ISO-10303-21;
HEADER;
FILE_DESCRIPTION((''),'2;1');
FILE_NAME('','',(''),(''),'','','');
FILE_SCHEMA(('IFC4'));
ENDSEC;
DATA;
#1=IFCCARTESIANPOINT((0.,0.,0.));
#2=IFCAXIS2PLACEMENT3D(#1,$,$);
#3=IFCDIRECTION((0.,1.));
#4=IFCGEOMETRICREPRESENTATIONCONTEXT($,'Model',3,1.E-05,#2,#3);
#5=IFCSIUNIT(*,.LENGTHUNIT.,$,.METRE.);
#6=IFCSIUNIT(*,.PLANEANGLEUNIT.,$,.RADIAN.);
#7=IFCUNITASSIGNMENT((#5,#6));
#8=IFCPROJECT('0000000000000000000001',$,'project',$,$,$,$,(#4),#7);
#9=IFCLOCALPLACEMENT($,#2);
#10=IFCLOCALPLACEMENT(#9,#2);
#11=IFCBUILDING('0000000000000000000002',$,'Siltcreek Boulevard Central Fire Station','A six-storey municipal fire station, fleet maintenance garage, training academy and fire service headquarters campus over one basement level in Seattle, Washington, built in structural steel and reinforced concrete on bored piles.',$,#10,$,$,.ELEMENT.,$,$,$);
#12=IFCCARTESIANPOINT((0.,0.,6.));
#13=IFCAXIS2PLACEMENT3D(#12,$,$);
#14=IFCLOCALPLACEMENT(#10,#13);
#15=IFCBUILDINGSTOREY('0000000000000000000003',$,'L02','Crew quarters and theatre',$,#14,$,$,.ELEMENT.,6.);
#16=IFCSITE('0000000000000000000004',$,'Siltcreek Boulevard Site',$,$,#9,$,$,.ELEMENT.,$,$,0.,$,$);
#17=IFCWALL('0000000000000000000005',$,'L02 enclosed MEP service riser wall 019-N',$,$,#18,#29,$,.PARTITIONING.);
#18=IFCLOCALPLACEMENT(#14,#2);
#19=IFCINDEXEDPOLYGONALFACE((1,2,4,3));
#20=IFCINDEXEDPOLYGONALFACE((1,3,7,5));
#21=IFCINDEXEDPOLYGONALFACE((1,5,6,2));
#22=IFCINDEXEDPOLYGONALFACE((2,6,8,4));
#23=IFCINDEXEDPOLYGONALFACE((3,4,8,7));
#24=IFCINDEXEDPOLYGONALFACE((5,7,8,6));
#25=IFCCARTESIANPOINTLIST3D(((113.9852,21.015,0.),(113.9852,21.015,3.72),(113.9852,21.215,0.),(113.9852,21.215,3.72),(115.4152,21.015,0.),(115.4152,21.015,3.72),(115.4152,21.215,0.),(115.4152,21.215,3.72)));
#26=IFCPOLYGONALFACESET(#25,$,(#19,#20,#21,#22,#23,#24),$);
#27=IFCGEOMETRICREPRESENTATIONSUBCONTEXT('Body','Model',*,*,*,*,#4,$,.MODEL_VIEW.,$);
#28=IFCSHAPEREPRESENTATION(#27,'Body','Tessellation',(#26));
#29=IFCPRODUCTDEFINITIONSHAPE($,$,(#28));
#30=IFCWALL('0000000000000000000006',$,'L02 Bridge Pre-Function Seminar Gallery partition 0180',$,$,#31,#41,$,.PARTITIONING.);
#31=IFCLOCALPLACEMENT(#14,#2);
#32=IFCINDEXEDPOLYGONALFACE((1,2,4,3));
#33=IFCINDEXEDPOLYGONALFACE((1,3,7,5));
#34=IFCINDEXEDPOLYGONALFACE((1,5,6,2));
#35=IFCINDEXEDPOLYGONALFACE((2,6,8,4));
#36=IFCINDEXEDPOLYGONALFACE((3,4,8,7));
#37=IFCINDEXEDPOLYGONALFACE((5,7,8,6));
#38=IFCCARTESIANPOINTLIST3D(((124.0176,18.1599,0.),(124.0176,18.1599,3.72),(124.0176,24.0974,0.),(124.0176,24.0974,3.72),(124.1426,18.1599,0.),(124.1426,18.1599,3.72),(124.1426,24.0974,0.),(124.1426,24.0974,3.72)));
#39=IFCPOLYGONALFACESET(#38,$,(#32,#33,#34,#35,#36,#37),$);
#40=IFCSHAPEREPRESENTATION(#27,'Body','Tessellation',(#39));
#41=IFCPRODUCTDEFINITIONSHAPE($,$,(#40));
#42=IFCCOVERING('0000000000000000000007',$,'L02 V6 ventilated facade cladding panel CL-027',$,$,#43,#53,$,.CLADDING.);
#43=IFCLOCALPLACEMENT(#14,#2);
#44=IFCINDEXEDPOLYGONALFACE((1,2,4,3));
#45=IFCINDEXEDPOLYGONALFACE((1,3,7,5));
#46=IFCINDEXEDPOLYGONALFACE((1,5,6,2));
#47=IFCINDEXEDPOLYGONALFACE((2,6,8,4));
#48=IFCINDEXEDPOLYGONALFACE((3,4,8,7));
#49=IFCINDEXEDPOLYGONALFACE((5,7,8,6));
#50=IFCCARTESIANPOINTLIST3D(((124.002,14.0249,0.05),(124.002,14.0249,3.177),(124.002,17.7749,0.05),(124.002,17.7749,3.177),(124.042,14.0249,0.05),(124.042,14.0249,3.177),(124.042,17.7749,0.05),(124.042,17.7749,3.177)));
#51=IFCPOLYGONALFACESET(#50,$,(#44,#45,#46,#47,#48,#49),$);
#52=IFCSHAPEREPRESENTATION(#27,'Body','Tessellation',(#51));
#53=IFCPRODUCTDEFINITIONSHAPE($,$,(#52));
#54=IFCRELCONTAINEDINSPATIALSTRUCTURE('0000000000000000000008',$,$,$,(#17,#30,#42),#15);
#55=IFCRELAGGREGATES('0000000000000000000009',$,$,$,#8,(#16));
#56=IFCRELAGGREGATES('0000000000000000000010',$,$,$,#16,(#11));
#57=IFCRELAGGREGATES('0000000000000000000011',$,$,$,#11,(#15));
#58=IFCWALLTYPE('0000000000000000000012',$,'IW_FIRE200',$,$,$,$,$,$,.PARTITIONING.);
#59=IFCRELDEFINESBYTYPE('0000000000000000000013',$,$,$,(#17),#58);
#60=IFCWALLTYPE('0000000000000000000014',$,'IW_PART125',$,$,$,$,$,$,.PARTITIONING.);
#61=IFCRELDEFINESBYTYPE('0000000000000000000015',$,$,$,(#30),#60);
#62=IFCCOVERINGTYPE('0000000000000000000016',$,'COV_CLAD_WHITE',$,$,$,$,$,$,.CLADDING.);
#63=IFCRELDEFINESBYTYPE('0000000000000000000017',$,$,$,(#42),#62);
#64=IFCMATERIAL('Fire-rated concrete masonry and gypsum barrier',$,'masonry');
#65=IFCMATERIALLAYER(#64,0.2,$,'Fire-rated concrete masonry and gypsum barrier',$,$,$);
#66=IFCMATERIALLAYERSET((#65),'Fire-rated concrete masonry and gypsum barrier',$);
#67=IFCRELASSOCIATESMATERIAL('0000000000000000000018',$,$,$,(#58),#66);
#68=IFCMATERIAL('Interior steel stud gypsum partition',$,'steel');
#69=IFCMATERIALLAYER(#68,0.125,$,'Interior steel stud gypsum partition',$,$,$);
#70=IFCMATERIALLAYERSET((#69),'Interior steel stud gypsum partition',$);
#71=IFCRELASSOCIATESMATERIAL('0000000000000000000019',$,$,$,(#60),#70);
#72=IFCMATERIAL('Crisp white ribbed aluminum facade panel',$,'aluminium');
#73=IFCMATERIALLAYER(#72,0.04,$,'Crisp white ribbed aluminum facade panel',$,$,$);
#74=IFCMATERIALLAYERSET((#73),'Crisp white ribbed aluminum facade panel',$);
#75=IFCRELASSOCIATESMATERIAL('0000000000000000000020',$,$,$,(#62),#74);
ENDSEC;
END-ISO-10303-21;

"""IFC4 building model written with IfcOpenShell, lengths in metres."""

from ifc_helpers import new_model, si_unit, direction, frame, frame_2d, origin, origin_2d, place, context, subcontext, project, spatial, rectangle, extrude, material, layer, layer_set, type_object, element, save


model = new_model("IFC4")

# Units and contexts
model_context = context("Model", 3, precision=1e-05, world=origin(), true_north=direction((0.0, 1.0)))
body_context = subcontext(model_context, "Body", "Model", "MODEL_VIEW")
ifc_project = project(units=[si_unit("LENGTHUNIT", "METRE"), si_unit("PLANEANGLEUNIT", "RADIAN")], contexts=[model_context])

# Site, building, storey
site_placement = place(None, origin())
site = spatial("IfcSite", under=ifc_project, at=site_placement, Name="Siltcreek Boulevard Site", CompositionType="ELEMENT", RefElevation=0.0)
building_placement = place(site_placement, origin())
building = spatial("IfcBuilding", under=site, at=building_placement, Name="Siltcreek Boulevard Central Fire Station", Description="A six-storey municipal fire station, fleet maintenance garage, training academy and fire service headquarters campus over one basement level in Seattle, Washington, built in structural steel and reinforced concrete on bored piles.", CompositionType="ELEMENT")
storey_placement = place(building_placement, frame((0.0, 0.0, 6.0)))
storey = spatial("IfcBuildingStorey", under=building, at=storey_placement, Name="L02", Description="Crew quarters and theatre", CompositionType="ELEMENT", Elevation=6.0)

# Walls
ifc_material_1 = material(Name="Fire-rated concrete masonry and gypsum barrier", Category="masonry")
ifc_layer_1 = layer(ifc_material_1, 0.2, Name="Fire-rated concrete masonry and gypsum barrier")
ifc_layer_set_1 = layer_set([ifc_layer_1], Name="Fire-rated concrete masonry and gypsum barrier")
wall_type_1 = type_object("IfcWallType", Name="IW_FIRE200", PredefinedType="PARTITIONING", material=ifc_layer_set_1)
wall_1_placement = place(storey_placement, frame((115.415, 21.115, 0.0), z_axis=(0.0, 0.0, 1.0), x_axis=(-1.0, 0.0, 0.0)))
element("IfcWall", 1, at=wall_1_placement, inside=storey, type_object=wall_type_1, Name="L02 enclosed MEP service riser wall 019-N", PredefinedType="PARTITIONING", context=body_context, shape_type="SweptSolid", body=[
    extrude(rectangle(XDim=1.4299, YDim=0.2, at=frame_2d((0.7148, 0.0))), origin(), (0.0, 0.0, 1.0), 3.72),
])
ifc_material_2 = material(Name="Interior steel stud gypsum partition", Category="steel")
ifc_layer_2 = layer(ifc_material_2, 0.125, Name="Interior steel stud gypsum partition")
ifc_layer_set_2 = layer_set([ifc_layer_2], Name="Interior steel stud gypsum partition")
wall_type_2 = type_object("IfcWallType", Name="IW_PART125", PredefinedType="PARTITIONING", material=ifc_layer_set_2)
wall_2_placement = place(storey_placement, frame((124.0801, 24.0974, 0.0), z_axis=(0.0, 0.0, 1.0), x_axis=(0.0, -1.0, 0.0)))
element("IfcWall", 2, at=wall_2_placement, inside=storey, type_object=wall_type_2, Name="L02 Bridge Pre-Function Seminar Gallery partition 0180", PredefinedType="PARTITIONING", context=body_context, shape_type="SweptSolid", body=[
    extrude(rectangle(XDim=5.9375, YDim=0.125, at=frame_2d((2.9688, 0.0))), origin(), (0.0, 0.0, 1.0), 3.72),
])

# Covering
ifc_material_3 = material(Name="Crisp white ribbed aluminum facade panel", Category="aluminium")
ifc_layer_3 = layer(ifc_material_3, 0.04, Name="Crisp white ribbed aluminum facade panel")
ifc_layer_set_3 = layer_set([ifc_layer_3], Name="Crisp white ribbed aluminum facade panel")
covering_type = type_object("IfcCoveringType", Name="COV_CLAD_WHITE", PredefinedType="CLADDING", material=ifc_layer_set_3)
covering_placement = place(storey_placement, frame((124.022, 15.8999, 0.05), z_axis=(0.0, 0.0, 1.0), x_axis=(0.0, -1.0, 0.0)))
element("IfcCovering", 3, at=covering_placement, inside=storey, type_object=covering_type, Name="L02 V6 ventilated facade cladding panel CL-027", PredefinedType="CLADDING", context=body_context, shape_type="SweptSolid", body=[
    extrude(rectangle(XDim=3.75, YDim=0.04, at=origin_2d()), origin(), (0.0, 0.0, 1.0), 3.127),
])

save(model, "model.ifc")
